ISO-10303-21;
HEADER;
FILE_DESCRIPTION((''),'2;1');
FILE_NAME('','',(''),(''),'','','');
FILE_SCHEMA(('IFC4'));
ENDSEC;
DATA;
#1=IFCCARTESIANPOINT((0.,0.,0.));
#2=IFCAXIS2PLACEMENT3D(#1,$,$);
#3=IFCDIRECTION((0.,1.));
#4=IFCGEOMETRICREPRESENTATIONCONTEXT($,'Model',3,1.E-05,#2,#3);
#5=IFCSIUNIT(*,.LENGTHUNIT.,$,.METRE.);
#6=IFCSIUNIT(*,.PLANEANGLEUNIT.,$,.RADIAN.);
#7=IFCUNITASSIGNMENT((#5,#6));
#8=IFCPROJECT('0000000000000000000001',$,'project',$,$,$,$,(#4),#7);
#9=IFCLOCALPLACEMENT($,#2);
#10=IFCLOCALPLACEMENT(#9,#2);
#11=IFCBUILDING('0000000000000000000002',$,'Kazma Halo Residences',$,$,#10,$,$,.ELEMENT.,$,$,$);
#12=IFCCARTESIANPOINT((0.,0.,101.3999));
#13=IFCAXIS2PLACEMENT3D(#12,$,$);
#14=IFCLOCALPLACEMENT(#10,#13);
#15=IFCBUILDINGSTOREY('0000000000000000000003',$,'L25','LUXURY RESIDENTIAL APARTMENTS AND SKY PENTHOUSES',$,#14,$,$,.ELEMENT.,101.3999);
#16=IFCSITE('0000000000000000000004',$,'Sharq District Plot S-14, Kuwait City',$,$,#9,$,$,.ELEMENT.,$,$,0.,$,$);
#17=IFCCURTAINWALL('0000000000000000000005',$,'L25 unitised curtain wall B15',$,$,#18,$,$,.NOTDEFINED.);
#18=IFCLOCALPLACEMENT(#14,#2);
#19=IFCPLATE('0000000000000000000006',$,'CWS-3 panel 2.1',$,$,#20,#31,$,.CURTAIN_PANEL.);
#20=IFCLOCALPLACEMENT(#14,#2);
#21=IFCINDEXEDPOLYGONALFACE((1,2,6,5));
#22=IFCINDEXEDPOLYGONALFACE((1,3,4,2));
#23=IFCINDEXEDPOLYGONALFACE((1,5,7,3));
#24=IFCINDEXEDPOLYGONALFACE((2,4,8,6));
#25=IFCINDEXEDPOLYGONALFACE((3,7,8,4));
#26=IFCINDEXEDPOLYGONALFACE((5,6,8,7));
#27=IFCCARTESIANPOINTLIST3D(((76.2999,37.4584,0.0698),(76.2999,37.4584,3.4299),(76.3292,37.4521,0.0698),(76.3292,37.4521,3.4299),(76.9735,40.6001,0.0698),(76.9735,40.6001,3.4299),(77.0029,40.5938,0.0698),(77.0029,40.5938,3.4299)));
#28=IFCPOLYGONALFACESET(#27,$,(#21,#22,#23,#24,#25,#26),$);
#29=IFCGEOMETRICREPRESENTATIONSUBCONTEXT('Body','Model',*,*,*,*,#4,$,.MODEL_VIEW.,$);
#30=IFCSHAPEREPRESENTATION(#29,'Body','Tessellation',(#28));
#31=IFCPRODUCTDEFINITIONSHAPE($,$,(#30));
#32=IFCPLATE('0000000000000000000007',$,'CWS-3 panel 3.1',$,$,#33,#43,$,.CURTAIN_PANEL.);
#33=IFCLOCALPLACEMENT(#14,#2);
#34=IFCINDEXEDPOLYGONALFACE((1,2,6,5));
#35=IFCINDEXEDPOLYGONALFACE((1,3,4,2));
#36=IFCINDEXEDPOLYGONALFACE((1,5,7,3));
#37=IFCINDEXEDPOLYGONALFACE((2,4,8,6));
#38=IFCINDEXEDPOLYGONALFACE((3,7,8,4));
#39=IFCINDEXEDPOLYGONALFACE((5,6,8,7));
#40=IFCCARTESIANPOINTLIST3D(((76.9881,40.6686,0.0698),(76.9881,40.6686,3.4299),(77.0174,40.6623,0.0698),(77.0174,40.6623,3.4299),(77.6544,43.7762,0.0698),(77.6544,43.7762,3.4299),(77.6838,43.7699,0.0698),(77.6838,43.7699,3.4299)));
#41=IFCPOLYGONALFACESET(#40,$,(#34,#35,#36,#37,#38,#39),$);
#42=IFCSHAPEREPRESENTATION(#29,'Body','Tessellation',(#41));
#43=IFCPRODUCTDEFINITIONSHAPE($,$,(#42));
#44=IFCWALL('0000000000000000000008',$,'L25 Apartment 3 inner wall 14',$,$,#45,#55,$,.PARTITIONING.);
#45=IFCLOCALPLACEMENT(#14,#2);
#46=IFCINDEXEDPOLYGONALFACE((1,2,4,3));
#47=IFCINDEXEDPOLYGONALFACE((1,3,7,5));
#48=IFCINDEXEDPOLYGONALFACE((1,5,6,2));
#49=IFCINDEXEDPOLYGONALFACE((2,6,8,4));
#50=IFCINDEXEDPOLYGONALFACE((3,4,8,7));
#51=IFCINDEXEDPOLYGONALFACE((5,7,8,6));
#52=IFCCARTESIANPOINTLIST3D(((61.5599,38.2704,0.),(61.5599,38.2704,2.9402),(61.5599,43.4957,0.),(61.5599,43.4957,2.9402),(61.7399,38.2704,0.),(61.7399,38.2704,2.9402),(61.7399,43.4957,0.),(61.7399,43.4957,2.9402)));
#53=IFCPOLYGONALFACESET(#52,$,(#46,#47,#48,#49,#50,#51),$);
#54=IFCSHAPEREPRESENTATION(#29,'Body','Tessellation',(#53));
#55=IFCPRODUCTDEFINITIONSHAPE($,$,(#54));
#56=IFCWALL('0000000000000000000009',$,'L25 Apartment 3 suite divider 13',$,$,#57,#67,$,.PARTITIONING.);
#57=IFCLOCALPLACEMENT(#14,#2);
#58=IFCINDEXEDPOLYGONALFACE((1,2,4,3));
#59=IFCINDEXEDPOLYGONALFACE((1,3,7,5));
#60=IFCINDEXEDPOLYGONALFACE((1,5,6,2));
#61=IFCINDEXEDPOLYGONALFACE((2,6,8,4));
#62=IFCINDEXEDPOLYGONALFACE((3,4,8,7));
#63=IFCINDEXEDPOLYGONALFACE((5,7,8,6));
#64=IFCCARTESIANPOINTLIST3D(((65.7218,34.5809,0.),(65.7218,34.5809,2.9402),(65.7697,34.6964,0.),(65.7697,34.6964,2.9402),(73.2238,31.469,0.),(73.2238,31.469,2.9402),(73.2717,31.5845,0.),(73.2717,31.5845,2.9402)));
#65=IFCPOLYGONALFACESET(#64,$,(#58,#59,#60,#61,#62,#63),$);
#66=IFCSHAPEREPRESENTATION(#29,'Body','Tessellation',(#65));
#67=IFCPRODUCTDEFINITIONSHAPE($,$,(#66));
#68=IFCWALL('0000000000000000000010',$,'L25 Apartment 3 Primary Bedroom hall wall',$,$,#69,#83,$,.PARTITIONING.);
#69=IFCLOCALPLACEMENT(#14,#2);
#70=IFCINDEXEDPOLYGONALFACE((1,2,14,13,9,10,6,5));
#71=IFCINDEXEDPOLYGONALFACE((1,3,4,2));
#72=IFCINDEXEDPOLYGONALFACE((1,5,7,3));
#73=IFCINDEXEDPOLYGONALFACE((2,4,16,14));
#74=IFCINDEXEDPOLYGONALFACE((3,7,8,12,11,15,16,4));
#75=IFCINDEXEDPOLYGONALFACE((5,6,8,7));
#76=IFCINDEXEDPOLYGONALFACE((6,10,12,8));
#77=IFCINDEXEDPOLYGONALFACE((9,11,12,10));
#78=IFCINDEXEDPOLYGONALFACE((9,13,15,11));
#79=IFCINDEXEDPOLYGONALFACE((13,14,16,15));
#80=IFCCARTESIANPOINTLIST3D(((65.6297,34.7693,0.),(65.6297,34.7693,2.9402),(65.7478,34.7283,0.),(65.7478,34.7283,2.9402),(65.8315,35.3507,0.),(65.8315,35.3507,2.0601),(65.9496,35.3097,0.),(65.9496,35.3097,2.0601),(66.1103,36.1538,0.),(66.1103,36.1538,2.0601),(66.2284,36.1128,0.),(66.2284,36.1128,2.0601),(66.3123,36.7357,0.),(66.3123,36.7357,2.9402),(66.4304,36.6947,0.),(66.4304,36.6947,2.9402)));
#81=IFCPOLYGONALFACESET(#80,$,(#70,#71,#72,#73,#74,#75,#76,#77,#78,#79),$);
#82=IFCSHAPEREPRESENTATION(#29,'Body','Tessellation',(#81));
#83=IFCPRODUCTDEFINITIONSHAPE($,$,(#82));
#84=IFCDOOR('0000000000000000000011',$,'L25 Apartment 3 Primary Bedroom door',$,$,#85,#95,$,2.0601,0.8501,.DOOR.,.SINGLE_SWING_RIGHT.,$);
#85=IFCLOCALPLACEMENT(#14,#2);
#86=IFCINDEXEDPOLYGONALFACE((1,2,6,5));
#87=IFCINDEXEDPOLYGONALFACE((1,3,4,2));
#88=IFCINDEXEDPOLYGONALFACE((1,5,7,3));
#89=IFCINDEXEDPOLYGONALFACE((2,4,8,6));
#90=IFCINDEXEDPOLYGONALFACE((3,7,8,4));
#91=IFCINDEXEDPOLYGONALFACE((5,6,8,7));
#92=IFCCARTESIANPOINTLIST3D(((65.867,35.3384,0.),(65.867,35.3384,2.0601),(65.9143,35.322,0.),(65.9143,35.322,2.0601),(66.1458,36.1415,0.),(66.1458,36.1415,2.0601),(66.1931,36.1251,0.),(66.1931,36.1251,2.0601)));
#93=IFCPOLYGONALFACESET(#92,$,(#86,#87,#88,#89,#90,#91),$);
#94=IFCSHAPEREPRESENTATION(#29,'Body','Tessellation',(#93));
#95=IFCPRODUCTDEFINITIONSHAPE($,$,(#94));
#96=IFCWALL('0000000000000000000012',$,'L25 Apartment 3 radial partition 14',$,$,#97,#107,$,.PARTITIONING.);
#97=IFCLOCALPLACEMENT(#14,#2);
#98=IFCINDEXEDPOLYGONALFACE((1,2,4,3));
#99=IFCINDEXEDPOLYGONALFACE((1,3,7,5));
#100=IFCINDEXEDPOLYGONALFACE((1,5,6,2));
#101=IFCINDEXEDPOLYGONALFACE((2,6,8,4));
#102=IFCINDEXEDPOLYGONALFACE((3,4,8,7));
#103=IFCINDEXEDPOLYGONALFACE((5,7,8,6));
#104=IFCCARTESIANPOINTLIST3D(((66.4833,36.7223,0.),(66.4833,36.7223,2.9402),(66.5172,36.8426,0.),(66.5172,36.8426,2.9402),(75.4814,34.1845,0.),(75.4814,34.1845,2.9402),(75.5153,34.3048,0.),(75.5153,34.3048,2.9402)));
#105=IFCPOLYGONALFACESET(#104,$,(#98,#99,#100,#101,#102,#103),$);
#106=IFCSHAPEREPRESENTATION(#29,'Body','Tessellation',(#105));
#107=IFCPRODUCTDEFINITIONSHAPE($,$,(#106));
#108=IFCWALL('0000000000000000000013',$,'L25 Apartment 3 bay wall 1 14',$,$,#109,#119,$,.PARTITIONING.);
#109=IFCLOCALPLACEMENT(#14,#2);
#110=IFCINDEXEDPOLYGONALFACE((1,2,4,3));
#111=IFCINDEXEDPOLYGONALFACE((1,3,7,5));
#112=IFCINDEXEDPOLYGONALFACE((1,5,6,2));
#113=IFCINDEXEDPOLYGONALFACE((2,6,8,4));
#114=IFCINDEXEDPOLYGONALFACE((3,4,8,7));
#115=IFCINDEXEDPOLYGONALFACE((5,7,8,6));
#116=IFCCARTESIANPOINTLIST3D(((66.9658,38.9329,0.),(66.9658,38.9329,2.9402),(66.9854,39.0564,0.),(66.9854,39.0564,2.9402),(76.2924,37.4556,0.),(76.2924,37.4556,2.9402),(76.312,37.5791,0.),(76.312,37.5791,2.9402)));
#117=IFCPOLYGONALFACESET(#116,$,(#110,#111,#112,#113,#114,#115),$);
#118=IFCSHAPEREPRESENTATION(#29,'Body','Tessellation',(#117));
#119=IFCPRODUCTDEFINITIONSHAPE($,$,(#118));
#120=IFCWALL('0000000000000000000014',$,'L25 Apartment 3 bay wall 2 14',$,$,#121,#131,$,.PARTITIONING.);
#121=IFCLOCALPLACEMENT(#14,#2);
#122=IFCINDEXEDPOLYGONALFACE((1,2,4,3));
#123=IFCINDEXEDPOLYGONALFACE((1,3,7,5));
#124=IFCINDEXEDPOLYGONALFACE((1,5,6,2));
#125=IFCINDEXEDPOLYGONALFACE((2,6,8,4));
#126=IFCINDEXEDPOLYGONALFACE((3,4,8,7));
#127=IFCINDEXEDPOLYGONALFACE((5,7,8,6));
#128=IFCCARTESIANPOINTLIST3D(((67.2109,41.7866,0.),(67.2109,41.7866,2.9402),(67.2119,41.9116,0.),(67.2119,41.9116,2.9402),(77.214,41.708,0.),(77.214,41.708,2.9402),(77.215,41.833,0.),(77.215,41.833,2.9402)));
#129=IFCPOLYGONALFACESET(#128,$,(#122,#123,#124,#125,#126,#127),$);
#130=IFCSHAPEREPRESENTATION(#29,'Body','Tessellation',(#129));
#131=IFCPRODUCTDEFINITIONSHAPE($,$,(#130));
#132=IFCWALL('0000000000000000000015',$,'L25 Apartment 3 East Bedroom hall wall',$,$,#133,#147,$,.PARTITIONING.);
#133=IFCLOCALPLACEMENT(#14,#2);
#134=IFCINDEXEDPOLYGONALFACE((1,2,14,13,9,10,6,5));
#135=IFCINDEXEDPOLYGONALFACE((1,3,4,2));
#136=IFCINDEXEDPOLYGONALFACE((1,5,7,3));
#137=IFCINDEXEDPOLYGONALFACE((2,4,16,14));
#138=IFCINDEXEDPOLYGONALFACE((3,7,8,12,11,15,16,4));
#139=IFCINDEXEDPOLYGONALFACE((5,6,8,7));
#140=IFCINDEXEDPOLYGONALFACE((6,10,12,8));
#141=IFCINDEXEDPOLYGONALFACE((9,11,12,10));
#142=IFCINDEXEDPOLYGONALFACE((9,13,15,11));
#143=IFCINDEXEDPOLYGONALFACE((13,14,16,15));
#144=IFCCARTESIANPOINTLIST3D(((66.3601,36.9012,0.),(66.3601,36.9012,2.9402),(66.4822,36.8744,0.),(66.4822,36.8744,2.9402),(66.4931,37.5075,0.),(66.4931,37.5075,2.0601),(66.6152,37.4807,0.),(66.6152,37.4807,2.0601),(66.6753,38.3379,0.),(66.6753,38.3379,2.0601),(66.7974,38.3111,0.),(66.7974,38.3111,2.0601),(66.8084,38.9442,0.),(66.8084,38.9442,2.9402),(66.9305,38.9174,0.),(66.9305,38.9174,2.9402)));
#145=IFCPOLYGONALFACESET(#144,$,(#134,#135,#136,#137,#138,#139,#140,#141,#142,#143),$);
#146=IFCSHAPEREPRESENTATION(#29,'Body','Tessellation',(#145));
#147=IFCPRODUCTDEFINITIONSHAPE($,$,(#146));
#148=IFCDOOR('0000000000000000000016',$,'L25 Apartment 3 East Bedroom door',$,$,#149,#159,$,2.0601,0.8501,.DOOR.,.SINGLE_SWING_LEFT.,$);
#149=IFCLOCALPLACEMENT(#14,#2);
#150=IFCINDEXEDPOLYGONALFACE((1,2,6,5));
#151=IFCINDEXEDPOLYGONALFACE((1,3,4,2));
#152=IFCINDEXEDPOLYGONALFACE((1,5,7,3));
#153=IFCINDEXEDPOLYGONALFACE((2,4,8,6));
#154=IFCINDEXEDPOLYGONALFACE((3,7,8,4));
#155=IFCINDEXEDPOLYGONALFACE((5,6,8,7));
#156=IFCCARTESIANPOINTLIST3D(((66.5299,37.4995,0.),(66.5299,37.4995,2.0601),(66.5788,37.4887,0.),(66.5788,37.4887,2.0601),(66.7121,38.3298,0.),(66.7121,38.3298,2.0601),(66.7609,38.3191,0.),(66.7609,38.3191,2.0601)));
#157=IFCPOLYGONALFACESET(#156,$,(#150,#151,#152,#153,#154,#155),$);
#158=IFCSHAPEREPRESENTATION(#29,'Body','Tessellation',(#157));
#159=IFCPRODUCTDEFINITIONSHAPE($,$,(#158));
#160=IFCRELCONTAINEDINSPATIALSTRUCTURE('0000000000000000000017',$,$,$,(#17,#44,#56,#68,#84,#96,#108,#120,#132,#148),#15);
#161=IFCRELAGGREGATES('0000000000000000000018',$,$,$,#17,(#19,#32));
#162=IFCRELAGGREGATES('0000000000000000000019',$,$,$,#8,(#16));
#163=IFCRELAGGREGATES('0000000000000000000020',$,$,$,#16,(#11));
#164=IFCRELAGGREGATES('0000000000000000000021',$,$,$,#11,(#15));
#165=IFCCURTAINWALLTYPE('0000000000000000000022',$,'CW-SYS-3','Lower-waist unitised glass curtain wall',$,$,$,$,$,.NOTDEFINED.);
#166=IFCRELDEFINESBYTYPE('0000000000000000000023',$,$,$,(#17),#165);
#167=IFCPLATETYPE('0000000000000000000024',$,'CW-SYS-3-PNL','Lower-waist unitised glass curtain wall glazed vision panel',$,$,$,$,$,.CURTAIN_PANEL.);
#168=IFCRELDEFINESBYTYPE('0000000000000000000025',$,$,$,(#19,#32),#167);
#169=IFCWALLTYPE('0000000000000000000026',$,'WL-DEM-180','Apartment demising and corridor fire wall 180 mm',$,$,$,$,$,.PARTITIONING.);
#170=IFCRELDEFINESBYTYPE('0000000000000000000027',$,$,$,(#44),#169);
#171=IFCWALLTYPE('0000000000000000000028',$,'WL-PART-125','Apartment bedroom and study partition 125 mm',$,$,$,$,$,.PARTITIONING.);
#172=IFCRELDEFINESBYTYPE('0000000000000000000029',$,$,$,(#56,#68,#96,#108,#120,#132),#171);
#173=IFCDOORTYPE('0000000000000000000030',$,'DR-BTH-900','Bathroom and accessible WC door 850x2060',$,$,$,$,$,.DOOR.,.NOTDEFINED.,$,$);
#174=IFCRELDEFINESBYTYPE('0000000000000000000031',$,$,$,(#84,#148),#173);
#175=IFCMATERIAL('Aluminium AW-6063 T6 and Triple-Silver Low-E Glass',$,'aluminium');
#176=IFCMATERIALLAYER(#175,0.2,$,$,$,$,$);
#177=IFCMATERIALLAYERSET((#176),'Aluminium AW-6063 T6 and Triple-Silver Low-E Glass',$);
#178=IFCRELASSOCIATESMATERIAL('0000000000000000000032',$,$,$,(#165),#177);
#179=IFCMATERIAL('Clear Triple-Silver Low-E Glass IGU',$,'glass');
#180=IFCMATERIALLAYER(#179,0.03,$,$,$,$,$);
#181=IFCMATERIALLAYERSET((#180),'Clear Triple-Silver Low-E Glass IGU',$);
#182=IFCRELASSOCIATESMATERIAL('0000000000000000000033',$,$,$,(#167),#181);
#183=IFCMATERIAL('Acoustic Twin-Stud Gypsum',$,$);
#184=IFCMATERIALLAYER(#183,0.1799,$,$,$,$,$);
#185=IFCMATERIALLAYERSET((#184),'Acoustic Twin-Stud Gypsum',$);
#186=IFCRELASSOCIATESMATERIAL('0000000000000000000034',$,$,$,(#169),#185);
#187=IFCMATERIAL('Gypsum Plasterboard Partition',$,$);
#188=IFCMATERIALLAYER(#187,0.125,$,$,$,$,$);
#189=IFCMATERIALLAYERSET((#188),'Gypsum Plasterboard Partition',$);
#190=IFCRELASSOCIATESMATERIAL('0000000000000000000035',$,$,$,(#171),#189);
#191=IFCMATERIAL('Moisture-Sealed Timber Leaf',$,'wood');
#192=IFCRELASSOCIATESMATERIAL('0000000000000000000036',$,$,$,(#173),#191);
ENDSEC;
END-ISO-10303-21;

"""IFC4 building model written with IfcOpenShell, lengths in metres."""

from ifc_helpers import new_model, si_unit, direction, frame, frame_2d, origin, origin_2d, place, context, subcontext, project, spatial, rectangle, extrude, material, layer, layer_set, type_object, element, fill, aggregate, save


model = new_model("IFC4")

# Units and contexts
model_context = context("Model", 3, precision=1e-05, world=origin(), true_north=direction((0.0, 1.0)))
body_context = subcontext(model_context, "Body", "Model", "MODEL_VIEW")
ifc_project = project(units=[si_unit("LENGTHUNIT", "METRE"), si_unit("PLANEANGLEUNIT", "RADIAN")], contexts=[model_context])

# Site, building, storey
site_placement = place(None, origin())
site = spatial("IfcSite", under=ifc_project, at=site_placement, Name="Sharq District Plot S-14, Kuwait City", CompositionType="ELEMENT", RefElevation=0.0)
building_placement = place(site_placement, origin())
building = spatial("IfcBuilding", under=site, at=building_placement, Name="Kazma Halo Residences", CompositionType="ELEMENT")
storey_placement = place(building_placement, frame((0.0, 0.0, 101.3999)))
storey = spatial("IfcBuildingStorey", under=building, at=storey_placement, Name="L25", Description="LUXURY RESIDENTIAL APARTMENTS AND SKY PENTHOUSES", CompositionType="ELEMENT", Elevation=101.3999)

# Curtain wall, plates
ifc_material_1 = material(Name="Aluminium AW-6063 T6 and Triple-Silver Low-E Glass", Category="aluminium")
ifc_layer_1 = layer(ifc_material_1, 0.2)
ifc_layer_set_1 = layer_set([ifc_layer_1], Name="Aluminium AW-6063 T6 and Triple-Silver Low-E Glass")
curtain_wall_type = type_object("IfcCurtainWallType", Name="CW-SYS-3", Description="Lower-waist unitised glass curtain wall", PredefinedType="NOTDEFINED", material=ifc_layer_set_1)
curtain_wall_placement = place(storey_placement, origin())
curtain_wall = element("IfcCurtainWall", 1, at=curtain_wall_placement, inside=storey, type_object=curtain_wall_type, Name="L25 unitised curtain wall B15", PredefinedType="NOTDEFINED")
ifc_material_2 = material(Name="Clear Triple-Silver Low-E Glass IGU", Category="glass")
ifc_layer_2 = layer(ifc_material_2, 0.03)
ifc_layer_set_2 = layer_set([ifc_layer_2], Name="Clear Triple-Silver Low-E Glass IGU")
plate_type = type_object("IfcPlateType", Name="CW-SYS-3-PNL", Description="Lower-waist unitised glass curtain wall glazed vision panel", PredefinedType="CURTAIN_PANEL", material=ifc_layer_set_2)
plate_1_placement = place(storey_placement, frame((76.6514, 39.0261, 0.0698), z_axis=(0.0, 0.0, 1.0), x_axis=(0.209661, 0.977774, 0.0)))
plate_1 = element("IfcPlate", 2, at=plate_1_placement, type_object=plate_type, Name="CWS-3 panel 2.1", PredefinedType="CURTAIN_PANEL", context=body_context, shape_type="SweptSolid", body=[
    extrude(rectangle(XDim=3.2131, YDim=0.03, at=origin_2d()), origin(), (0.0, 0.0, 1.0), 3.3601),
])
plate_2_placement = place(storey_placement, frame((77.3359, 42.2192, 0.0698), z_axis=(0.0, 0.0, 1.0), x_axis=(0.209661, 0.977774, 0.0)))
plate_2 = element("IfcPlate", 3, at=plate_2_placement, type_object=plate_type, Name="CWS-3 panel 3.1", PredefinedType="CURTAIN_PANEL", context=body_context, shape_type="SweptSolid", body=[
    extrude(rectangle(XDim=3.1782, YDim=0.03, at=origin_2d()), origin(), (0.0, 0.0, 1.0), 3.3601),
])
aggregate(curtain_wall, [plate_1, plate_2])

# Walls
ifc_material_3 = material(Name="Acoustic Twin-Stud Gypsum")
ifc_layer_3 = layer(ifc_material_3, 0.1799)
ifc_layer_set_3 = layer_set([ifc_layer_3], Name="Acoustic Twin-Stud Gypsum")
wall_type_1 = type_object("IfcWallType", Name="WL-DEM-180", Description="Apartment demising and corridor fire wall 180 mm", PredefinedType="PARTITIONING", material=ifc_layer_set_3)
wall_1_placement = place(storey_placement, frame((61.6499, 38.2703, 0.0), z_axis=(0.0, 0.0, 1.0), x_axis=(0.0, 1.0, 0.0)))
element("IfcWall", 4, at=wall_1_placement, inside=storey, type_object=wall_type_1, Name="L25 Apartment 3 inner wall 14", PredefinedType="PARTITIONING", context=body_context, shape_type="SweptSolid", body=[
    extrude(rectangle(XDim=5.2253, YDim=0.1799, at=frame_2d((2.6128, 0.0))), origin(), (0.0, 0.0, 1.0), 2.9402),
])
ifc_material_4 = material(Name="Gypsum Plasterboard Partition")
ifc_layer_4 = layer(ifc_material_4, 0.125)
ifc_layer_set_4 = layer_set([ifc_layer_4], Name="Gypsum Plasterboard Partition")
wall_type_2 = type_object("IfcWallType", Name="WL-PART-125", Description="Apartment bedroom and study partition 125 mm", PredefinedType="PARTITIONING", material=ifc_layer_set_4)
wall_2_placement = place(storey_placement, frame((65.7456, 34.6387, 0.0), z_axis=(0.0, 0.0, 1.0), x_axis=(0.923688, -0.383146, 0.0)))
element("IfcWall", 5, at=wall_2_placement, inside=storey, type_object=wall_type_2, Name="L25 Apartment 3 suite divider 13", PredefinedType="PARTITIONING", context=body_context, shape_type="SweptSolid", body=[
    extrude(rectangle(XDim=8.1218, YDim=0.125, at=frame_2d((4.061, 0.0))), origin(), (0.0, 0.0, 1.0), 2.9402),
])

# Wall, opening, door
wall_3_placement = place(storey_placement, frame((65.6887, 34.7488, 0.0), z_axis=(0.0, 0.0, 1.0), x_axis=(0.327956, 0.944693, 0.0)))
wall_3 = element("IfcWall", 6, at=wall_3_placement, inside=storey, type_object=wall_type_2, Name="L25 Apartment 3 Primary Bedroom hall wall", PredefinedType="PARTITIONING", context=body_context, shape_type="SweptSolid", body=[
    extrude(rectangle(XDim=2.0815, YDim=0.125, at=frame_2d((1.0408, 0.0))), origin(), (0.0, 0.0, 1.0), 2.9402),
])
opening_1_placement = place(wall_3_placement, frame((0.6155, 0.0, 0.0)))
opening_1 = element("IfcOpeningElement", 7, at=opening_1_placement, cuts=wall_3, PredefinedType="OPENING", context=body_context, shape_type="SweptSolid", body=[
    extrude(rectangle(XDim=0.8501, YDim=2.0601, at=frame_2d((0.425, 1.03))), frame((0.0, 0.0725, 0.0), z_axis=(0.0, -1.0, 0.0), x_axis=(1.0, 0.0, 0.0)), (0.0, 0.0, 1.0), 0.145),
])
ifc_material_5 = material(Name="Moisture-Sealed Timber Leaf", Category="wood")
door_type = type_object("IfcDoorType", Name="DR-BTH-900", Description="Bathroom and accessible WC door 850x2060", OperationType="NOTDEFINED", PredefinedType="DOOR", material=ifc_material_5)
door_1_placement = place(opening_1_placement, origin())
door_1 = element("IfcDoor", 8, at=door_1_placement, inside=storey, type_object=door_type, Name="L25 Apartment 3 Primary Bedroom door", OperationType="SINGLE_SWING_RIGHT", OverallHeight=2.0601, OverallWidth=0.8501, PredefinedType="DOOR", context=body_context, shape_type="SweptSolid", body=[
    extrude(rectangle(XDim=0.8501, YDim=2.0601, at=frame_2d((0.425, 1.03))), frame((0.0, 0.0249, 0.0), z_axis=(0.0, -1.0, 0.0), x_axis=(1.0, 0.0, 0.0)), (0.0, 0.0, 1.0), 0.05),
])
fill(opening_1, door_1)

# Walls
wall_4_placement = place(storey_placement, frame((66.5002, 36.7825, 0.0), z_axis=(0.0, 0.0, 1.0), x_axis=(0.962452, -0.271453, 0.0)))
element("IfcWall", 9, at=wall_4_placement, inside=storey, type_object=wall_type_2, Name="L25 Apartment 3 radial partition 14", PredefinedType="PARTITIONING", context=body_context, shape_type="SweptSolid", body=[
    extrude(rectangle(XDim=9.3491, YDim=0.125, at=frame_2d((4.6746, 0.0))), origin(), (0.0, 0.0, 1.0), 2.9402),
])
wall_5_placement = place(storey_placement, frame((66.9756, 38.9946, 0.0), z_axis=(0.0, 0.0, 1.0), x_axis=(0.987687, -0.156444, 0.0)))
element("IfcWall", 10, at=wall_5_placement, inside=storey, type_object=wall_type_2, Name="L25 Apartment 3 bay wall 1 14", PredefinedType="PARTITIONING", context=body_context, shape_type="SweptSolid", body=[
    extrude(rectangle(XDim=9.4429, YDim=0.125, at=frame_2d((4.7214, 0.0))), origin(), (0.0, 0.0, 1.0), 2.9402),
])
wall_6_placement = place(storey_placement, frame((67.2114, 41.8491, 0.0), z_axis=(0.0, 0.0, 1.0), x_axis=(0.999969, -0.007859, 0.0)))
element("IfcWall", 11, at=wall_6_placement, inside=storey, type_object=wall_type_2, Name="L25 Apartment 3 bay wall 2 14", PredefinedType="PARTITIONING", context=body_context, shape_type="SweptSolid", body=[
    extrude(rectangle(XDim=10.0034, YDim=0.125, at=frame_2d((5.0017, 0.0))), origin(), (0.0, 0.0, 1.0), 2.9402),
])

# Wall, opening, door
wall_7_placement = place(storey_placement, frame((66.4211, 36.8877, 0.0), z_axis=(0.0, 0.0, 1.0), x_axis=(0.21431, 0.976766, 0.0)))
wall_7 = element("IfcWall", 12, at=wall_7_placement, inside=storey, type_object=wall_type_2, Name="L25 Apartment 3 East Bedroom hall wall", PredefinedType="PARTITIONING", context=body_context, shape_type="SweptSolid", body=[
    extrude(rectangle(XDim=2.0916, YDim=0.125, at=frame_2d((1.0459, 0.0))), origin(), (0.0, 0.0, 1.0), 2.9402),
])
opening_2_placement = place(wall_7_placement, frame((0.6208, 0.0, 0.0)))
opening_2 = element("IfcOpeningElement", 13, at=opening_2_placement, cuts=wall_7, PredefinedType="OPENING", context=body_context, shape_type="SweptSolid", body=[
    extrude(rectangle(XDim=0.8501, YDim=2.0601, at=frame_2d((0.425, 1.03))), frame((0.0, 0.0725, 0.0), z_axis=(0.0, -1.0, 0.0), x_axis=(1.0, 0.0, 0.0)), (0.0, 0.0, 1.0), 0.145),
])
door_2_placement = place(opening_2_placement, origin())
door_2 = element("IfcDoor", 14, at=door_2_placement, inside=storey, type_object=door_type, Name="L25 Apartment 3 East Bedroom door", OperationType="SINGLE_SWING_LEFT", OverallHeight=2.0601, OverallWidth=0.8501, PredefinedType="DOOR", context=body_context, shape_type="SweptSolid", body=[
    extrude(rectangle(XDim=0.8501, YDim=2.0601, at=frame_2d((0.425, 1.03))), frame((0.0, 0.0249, 0.0), z_axis=(0.0, -1.0, 0.0), x_axis=(1.0, 0.0, 0.0)), (0.0, 0.0, 1.0), 0.05),
])
fill(opening_2, door_2)

save(model, "model.ifc")
